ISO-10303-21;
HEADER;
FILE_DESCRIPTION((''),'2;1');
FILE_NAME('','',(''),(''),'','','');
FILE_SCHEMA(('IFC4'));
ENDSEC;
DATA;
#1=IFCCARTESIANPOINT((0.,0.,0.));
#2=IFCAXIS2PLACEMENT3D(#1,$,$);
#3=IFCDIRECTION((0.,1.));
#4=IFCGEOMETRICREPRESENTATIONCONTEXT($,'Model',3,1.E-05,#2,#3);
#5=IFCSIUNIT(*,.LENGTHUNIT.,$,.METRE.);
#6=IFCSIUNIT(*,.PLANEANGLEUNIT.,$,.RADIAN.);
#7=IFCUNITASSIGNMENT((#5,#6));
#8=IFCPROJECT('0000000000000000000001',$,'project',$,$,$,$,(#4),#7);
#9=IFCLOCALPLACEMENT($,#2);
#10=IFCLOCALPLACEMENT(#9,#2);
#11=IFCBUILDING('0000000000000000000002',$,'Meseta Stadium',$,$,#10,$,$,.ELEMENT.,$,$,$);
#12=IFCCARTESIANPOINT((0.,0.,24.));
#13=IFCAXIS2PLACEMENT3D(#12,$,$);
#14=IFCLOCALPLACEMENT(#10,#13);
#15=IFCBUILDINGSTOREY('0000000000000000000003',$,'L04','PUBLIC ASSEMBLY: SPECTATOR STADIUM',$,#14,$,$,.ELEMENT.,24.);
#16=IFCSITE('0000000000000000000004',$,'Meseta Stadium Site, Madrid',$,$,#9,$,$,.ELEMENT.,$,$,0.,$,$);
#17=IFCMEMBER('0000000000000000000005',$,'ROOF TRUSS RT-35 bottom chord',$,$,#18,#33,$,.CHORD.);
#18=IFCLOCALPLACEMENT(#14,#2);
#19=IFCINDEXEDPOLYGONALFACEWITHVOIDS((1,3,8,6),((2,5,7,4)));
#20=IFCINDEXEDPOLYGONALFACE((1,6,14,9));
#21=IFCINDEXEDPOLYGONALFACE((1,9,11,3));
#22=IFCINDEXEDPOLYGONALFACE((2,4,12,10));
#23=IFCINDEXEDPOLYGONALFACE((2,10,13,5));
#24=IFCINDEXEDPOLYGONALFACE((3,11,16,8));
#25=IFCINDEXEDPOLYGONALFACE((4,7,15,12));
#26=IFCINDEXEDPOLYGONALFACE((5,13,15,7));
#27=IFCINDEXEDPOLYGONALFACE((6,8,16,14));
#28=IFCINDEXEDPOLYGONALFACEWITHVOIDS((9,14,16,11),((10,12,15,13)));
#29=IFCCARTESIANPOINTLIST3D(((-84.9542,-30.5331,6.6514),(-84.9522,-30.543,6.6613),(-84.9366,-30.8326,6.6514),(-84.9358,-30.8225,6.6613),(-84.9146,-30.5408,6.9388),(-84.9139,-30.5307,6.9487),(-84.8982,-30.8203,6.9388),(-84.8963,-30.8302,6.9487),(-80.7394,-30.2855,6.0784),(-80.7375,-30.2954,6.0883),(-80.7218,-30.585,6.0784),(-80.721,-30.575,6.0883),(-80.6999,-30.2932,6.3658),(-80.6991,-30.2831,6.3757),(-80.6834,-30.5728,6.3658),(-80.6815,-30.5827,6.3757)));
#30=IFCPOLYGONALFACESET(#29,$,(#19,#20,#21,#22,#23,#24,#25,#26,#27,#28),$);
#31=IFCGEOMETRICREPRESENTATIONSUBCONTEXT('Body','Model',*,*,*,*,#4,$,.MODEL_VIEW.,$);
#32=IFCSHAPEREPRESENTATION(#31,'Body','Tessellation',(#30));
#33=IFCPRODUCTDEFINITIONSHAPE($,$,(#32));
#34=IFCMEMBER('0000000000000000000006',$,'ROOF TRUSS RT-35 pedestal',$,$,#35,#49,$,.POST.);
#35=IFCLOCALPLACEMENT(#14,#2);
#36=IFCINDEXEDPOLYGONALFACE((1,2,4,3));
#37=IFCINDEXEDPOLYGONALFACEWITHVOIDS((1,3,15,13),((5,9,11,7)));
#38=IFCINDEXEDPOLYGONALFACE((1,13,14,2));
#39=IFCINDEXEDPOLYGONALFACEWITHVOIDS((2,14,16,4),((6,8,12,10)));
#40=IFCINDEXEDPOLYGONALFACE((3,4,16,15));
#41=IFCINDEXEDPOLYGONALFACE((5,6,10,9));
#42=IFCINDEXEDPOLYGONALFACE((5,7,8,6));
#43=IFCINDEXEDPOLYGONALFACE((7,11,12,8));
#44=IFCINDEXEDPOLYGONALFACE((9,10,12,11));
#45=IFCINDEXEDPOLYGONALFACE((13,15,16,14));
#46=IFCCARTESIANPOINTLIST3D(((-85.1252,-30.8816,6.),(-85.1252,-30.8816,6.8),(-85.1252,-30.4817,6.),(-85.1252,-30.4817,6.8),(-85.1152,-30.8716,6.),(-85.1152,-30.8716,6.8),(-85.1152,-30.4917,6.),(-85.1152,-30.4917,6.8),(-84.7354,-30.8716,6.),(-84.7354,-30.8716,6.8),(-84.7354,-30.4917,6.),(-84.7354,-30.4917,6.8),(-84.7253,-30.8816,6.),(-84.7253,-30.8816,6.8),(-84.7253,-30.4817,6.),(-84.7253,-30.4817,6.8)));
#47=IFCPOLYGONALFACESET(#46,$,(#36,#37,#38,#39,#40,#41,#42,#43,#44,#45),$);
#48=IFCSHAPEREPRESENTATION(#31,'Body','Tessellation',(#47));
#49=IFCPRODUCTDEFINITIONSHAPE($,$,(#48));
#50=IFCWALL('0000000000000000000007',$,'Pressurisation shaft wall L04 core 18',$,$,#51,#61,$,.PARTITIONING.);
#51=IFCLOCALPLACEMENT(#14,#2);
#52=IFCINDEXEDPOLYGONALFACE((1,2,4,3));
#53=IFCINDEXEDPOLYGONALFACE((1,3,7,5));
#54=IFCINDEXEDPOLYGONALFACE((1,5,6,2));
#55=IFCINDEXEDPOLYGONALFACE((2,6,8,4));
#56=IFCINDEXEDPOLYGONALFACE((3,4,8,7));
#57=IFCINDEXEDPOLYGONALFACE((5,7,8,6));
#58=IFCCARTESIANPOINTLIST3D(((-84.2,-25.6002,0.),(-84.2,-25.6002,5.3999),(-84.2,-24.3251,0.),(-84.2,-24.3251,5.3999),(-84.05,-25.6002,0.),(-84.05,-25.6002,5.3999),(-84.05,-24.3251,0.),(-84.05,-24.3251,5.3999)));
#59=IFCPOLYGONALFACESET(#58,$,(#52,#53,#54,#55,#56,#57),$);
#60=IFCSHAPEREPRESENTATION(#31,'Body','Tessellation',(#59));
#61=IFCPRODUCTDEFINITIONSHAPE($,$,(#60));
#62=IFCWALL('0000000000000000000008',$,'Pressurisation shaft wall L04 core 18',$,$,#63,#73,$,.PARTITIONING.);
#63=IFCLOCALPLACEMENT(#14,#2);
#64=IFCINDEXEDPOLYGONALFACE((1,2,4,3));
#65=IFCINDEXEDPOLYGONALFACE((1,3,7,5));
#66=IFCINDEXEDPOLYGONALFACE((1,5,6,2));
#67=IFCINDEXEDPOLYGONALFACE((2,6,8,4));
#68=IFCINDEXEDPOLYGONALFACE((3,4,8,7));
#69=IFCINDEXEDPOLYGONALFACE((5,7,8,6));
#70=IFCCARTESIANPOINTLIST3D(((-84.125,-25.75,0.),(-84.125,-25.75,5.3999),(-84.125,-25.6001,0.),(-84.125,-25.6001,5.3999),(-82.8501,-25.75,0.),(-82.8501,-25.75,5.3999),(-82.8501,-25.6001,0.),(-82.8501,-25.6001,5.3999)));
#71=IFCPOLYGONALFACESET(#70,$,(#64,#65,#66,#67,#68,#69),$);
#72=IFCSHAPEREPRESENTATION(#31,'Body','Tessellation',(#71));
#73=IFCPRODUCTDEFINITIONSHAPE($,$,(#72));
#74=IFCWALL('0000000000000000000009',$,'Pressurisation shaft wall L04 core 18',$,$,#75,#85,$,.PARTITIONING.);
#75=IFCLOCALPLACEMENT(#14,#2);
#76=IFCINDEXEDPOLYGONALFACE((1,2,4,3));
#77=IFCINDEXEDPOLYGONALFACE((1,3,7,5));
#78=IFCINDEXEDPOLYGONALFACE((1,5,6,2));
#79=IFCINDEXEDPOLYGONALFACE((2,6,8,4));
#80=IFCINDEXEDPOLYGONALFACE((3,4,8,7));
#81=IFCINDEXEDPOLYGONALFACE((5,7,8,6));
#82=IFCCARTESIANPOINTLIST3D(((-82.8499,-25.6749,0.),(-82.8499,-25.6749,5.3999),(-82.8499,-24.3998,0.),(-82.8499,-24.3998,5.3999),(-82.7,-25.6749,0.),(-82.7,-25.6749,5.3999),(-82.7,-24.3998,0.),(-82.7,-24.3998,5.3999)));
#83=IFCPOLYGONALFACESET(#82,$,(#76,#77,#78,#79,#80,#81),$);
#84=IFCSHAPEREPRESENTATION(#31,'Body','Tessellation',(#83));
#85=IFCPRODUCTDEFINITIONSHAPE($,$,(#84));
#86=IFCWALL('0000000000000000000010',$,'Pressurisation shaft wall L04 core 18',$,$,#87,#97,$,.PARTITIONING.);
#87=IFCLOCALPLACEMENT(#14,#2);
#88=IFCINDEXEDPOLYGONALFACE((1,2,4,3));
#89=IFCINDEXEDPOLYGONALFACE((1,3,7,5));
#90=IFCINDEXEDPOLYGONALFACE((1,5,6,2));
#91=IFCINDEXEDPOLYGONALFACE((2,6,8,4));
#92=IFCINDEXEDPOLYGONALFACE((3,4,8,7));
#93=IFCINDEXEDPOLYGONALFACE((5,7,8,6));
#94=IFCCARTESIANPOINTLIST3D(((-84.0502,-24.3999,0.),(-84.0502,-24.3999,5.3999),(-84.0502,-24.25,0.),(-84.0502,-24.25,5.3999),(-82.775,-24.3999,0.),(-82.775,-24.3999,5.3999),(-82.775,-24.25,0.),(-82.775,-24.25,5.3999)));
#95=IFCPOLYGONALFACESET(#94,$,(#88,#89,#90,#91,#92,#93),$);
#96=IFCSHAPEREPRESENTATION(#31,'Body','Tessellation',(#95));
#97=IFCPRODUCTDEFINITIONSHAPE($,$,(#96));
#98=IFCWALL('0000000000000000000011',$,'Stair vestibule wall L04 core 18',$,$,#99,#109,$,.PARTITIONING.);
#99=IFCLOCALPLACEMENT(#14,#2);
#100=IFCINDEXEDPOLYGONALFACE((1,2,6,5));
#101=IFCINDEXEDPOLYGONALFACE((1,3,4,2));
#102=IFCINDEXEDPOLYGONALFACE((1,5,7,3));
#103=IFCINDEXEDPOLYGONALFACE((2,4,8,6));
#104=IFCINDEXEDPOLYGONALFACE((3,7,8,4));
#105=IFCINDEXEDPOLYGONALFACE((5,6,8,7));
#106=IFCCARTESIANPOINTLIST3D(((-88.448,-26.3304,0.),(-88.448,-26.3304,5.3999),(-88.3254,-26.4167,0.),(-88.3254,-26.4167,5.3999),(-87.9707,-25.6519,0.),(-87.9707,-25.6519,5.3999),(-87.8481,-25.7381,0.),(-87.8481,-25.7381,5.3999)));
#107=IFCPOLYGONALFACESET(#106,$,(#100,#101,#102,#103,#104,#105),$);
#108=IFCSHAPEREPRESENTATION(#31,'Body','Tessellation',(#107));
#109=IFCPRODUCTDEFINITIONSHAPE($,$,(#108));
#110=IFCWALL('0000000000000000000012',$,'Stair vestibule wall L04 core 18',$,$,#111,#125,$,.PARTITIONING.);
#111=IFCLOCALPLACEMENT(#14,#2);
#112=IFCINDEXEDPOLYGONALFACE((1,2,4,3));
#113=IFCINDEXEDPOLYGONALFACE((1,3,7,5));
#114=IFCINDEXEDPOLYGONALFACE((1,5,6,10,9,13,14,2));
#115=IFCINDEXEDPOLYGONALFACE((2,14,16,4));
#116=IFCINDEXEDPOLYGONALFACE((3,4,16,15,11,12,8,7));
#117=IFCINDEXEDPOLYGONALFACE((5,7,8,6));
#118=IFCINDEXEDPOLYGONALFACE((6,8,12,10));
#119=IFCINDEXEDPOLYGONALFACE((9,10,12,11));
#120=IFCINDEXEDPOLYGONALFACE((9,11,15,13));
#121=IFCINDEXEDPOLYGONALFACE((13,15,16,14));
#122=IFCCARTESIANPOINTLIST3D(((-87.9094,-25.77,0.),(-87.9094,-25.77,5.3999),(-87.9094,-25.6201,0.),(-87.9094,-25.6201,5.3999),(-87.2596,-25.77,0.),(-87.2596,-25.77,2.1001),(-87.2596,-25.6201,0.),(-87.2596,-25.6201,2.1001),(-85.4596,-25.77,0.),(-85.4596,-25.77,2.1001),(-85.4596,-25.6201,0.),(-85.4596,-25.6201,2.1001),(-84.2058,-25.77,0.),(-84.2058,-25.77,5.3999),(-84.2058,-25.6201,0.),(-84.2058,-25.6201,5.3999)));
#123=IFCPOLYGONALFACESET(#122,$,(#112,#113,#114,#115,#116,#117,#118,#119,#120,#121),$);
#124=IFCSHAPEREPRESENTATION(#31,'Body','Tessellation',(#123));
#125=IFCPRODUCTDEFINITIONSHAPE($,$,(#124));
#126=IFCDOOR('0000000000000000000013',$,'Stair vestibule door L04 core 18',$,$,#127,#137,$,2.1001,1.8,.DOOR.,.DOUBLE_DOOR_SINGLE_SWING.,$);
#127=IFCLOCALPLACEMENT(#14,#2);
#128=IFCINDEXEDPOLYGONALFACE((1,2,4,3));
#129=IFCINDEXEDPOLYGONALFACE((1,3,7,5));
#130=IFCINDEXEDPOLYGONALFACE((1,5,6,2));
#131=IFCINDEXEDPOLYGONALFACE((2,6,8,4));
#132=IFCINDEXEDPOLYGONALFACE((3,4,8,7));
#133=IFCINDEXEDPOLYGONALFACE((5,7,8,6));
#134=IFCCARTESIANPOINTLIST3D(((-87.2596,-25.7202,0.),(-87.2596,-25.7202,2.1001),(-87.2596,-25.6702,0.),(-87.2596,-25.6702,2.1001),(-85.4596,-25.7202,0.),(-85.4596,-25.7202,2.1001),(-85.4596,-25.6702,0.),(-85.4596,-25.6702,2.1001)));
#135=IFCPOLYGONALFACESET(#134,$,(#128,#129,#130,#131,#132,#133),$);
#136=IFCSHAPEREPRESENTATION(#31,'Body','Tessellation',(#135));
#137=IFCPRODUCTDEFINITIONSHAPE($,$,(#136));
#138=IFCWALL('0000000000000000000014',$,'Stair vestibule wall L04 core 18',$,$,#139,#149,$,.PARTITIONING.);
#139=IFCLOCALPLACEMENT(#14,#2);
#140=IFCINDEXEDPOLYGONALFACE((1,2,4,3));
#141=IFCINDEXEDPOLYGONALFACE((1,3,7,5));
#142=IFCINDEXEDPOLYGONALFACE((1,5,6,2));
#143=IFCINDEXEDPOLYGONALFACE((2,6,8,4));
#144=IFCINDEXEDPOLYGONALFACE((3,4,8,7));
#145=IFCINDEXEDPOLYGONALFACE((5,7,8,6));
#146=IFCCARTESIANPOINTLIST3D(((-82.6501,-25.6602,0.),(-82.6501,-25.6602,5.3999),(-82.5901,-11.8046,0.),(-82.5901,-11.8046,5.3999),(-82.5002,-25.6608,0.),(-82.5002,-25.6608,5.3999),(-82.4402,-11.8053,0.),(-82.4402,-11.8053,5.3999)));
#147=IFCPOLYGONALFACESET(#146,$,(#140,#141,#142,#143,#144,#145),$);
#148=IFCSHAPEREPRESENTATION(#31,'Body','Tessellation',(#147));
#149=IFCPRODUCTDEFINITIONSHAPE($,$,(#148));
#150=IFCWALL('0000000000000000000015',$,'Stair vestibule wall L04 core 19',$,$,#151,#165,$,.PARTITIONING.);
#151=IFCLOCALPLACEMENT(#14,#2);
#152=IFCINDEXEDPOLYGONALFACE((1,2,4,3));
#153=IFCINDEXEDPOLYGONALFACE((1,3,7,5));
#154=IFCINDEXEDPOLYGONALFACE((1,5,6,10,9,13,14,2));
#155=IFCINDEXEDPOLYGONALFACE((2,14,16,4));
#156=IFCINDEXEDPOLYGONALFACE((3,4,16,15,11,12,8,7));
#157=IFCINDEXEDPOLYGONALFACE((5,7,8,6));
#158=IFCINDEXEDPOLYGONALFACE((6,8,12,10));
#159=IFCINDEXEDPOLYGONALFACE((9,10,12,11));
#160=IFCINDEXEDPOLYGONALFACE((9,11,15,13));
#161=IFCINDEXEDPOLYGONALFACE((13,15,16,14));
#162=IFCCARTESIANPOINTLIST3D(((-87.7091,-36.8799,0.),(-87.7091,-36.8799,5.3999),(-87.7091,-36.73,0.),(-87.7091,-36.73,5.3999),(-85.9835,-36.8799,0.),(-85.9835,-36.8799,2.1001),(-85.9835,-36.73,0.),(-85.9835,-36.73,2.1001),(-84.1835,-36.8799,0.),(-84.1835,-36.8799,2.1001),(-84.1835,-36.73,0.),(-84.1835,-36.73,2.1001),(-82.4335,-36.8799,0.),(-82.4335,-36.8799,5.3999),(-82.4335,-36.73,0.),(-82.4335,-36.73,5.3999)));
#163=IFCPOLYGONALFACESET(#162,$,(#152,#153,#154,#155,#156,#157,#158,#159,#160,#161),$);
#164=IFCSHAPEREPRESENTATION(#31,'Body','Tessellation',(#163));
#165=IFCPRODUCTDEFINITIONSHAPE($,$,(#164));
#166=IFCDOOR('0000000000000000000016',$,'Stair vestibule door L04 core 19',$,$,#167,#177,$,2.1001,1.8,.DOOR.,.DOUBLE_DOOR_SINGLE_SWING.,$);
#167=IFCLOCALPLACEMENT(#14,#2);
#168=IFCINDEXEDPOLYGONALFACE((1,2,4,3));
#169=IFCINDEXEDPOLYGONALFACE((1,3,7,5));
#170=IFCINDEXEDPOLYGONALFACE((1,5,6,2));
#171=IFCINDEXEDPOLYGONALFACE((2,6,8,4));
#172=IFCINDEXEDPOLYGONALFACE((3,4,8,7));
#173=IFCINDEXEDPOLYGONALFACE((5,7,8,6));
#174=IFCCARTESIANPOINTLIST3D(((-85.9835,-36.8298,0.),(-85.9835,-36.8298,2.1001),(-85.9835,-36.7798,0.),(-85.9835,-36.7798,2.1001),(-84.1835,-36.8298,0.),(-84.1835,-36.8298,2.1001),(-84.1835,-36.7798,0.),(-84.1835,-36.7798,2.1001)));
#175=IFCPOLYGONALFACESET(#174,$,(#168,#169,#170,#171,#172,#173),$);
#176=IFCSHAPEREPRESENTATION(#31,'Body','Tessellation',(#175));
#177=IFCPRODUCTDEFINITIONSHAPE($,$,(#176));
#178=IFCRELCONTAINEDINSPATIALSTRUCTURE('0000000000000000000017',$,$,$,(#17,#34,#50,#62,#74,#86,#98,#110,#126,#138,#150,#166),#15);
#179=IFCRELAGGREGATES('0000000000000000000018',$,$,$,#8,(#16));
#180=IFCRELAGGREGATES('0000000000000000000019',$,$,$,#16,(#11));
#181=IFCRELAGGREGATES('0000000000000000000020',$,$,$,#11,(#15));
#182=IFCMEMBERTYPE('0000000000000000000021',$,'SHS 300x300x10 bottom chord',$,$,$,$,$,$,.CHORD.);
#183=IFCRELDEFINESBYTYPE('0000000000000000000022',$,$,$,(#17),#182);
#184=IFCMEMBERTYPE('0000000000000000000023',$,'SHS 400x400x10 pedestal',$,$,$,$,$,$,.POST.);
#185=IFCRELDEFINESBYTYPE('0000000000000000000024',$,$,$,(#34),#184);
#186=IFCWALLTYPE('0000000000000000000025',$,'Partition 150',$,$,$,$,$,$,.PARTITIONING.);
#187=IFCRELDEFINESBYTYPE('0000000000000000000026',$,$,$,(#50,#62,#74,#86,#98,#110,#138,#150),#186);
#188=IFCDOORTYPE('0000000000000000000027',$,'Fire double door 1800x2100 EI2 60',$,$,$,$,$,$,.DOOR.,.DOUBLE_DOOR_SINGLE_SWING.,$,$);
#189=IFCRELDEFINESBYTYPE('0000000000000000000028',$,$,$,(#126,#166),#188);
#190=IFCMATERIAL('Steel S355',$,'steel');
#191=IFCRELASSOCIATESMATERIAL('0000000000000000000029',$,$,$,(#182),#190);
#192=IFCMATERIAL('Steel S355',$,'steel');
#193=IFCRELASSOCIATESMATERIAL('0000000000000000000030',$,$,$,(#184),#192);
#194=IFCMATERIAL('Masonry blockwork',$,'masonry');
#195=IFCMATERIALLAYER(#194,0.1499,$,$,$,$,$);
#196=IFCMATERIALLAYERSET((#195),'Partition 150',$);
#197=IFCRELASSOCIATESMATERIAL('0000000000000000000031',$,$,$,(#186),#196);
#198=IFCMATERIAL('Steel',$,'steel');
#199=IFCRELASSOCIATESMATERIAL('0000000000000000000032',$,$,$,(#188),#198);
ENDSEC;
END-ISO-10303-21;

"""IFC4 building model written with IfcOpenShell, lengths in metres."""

from ifc_helpers import new_model, si_unit, direction, frame, frame_2d, origin, origin_2d, place, context, subcontext, project, spatial, rectangle, hollow_rectangle, extrude, material, layer, layer_set, material_profile, profile_set, type_object, element, fill, save


model = new_model("IFC4")

# Units and contexts
model_context = context("Model", 3, precision=1e-05, world=origin(), true_north=direction((0.0, 1.0)))
body_context = subcontext(model_context, "Body", "Model", "MODEL_VIEW")
ifc_project = project(units=[si_unit("LENGTHUNIT", "METRE"), si_unit("PLANEANGLEUNIT", "RADIAN")], contexts=[model_context])

# Site, building, storey
site_placement = place(None, origin())
site = spatial("IfcSite", under=ifc_project, at=site_placement, Name="Meseta Stadium Site, Madrid", CompositionType="ELEMENT", RefElevation=0.0)
building_placement = place(site_placement, origin())
building = spatial("IfcBuilding", under=site, at=building_placement, Name="Meseta Stadium", CompositionType="ELEMENT")
storey_placement = place(building_placement, frame((0.0, 0.0, 24.0)))
storey = spatial("IfcBuildingStorey", under=building, at=storey_placement, Name="L04", Description="PUBLIC ASSEMBLY: SPECTATOR STADIUM", CompositionType="ELEMENT", Elevation=24.0)

# Members
ifc_material_1 = material(Name="Steel S355", Category="steel")
ifc_material_profile_1 = material_profile(ifc_material_1, hollow_rectangle(XDim=0.3, YDim=0.3, WallThickness=0.01, at=origin_2d()), Name="SHS 300x300x10")
ifc_profile_set_1 = profile_set([ifc_material_profile_1], Name="Steel S355")
member_type_1 = type_object("IfcMemberType", Name="SHS 300x300x10 bottom chord", PredefinedType="CHORD", material=ifc_profile_set_1)
member_1_placement = place(storey_placement, frame((-80.7104, -30.4341, 6.2271), z_axis=(-0.989211, -0.058101, 0.134481), x_axis=(0.058634, -0.99828, 0.0)))
element("IfcMember", 1, at=member_1_placement, inside=storey, type_object=member_type_1, Name="ROOF TRUSS RT-35 bottom chord", PredefinedType="CHORD", context=body_context, shape_type="SweptSolid", body=[
    extrude(hollow_rectangle(XDim=0.3, YDim=0.3, WallThickness=0.01, at=origin_2d()), origin(), (0.0, 0.0, 1.0), 4.2607),
])
ifc_material_2 = material(Name="Steel S355", Category="steel")
ifc_material_profile_2 = material_profile(ifc_material_2, hollow_rectangle(XDim=0.3999, YDim=0.3999, WallThickness=0.01, at=origin_2d()), Name="SHS 400x400x10")
ifc_profile_set_2 = profile_set([ifc_material_profile_2], Name="Steel S355")
member_type_2 = type_object("IfcMemberType", Name="SHS 400x400x10 pedestal", PredefinedType="POST", material=ifc_profile_set_2)
member_2_placement = place(storey_placement, frame((-84.9253, -30.6816, 6.0), z_axis=(0.0, 0.0, 1.0), x_axis=(1.0, 0.0, 0.0)))
element("IfcMember", 2, at=member_2_placement, inside=storey, type_object=member_type_2, Name="ROOF TRUSS RT-35 pedestal", PredefinedType="POST", context=body_context, shape_type="SweptSolid", body=[
    extrude(hollow_rectangle(XDim=0.3999, YDim=0.3999, WallThickness=0.01, at=origin_2d()), origin(), (0.0, 0.0, 1.0), 0.8),
])

# Walls
ifc_material_3 = material(Name="Masonry blockwork", Category="masonry")
ifc_layer = layer(ifc_material_3, 0.1499)
ifc_layer_set = layer_set([ifc_layer], Name="Partition 150")
wall_type = type_object("IfcWallType", Name="Partition 150", PredefinedType="PARTITIONING", material=ifc_layer_set)
wall_1_placement = place(storey_placement, frame((-84.125, -24.325, 0.0), z_axis=(0.0, 0.0, 1.0), x_axis=(0.0, -1.0, 0.0)))
element("IfcWall", 3, at=wall_1_placement, inside=storey, type_object=wall_type, Name="Pressurisation shaft wall L04 core 18", PredefinedType="PARTITIONING", context=body_context, shape_type="SweptSolid", body=[
    extrude(rectangle(XDim=1.2751, YDim=0.1499, at=frame_2d((0.6377, 0.0))), origin(), (0.0, 0.0, 1.0), 5.3999),
])
wall_2_placement = place(storey_placement, frame((-84.125, -25.675, 0.0), z_axis=(0.0, 0.0, 1.0), x_axis=(1.0, 0.0, 0.0)))
element("IfcWall", 4, at=wall_2_placement, inside=storey, type_object=wall_type, Name="Pressurisation shaft wall L04 core 18", PredefinedType="PARTITIONING", context=body_context, shape_type="SweptSolid", body=[
    extrude(rectangle(XDim=1.2749, YDim=0.1499, at=frame_2d((0.6375, 0.0))), origin(), (0.0, 0.0, 1.0), 5.3999),
])
for number, where, z_axis, x_axis, name in (
    (5, (-82.7749, -25.675, 0.0), (0.0, 0.0, 1.0), (0.0, 1.0, 0.0), "Pressurisation shaft wall L04 core 18"),
    (6, (-82.7749, -24.325, 0.0), (0.0, 0.0, 1.0), (-1.0, 0.0, 0.0), "Pressurisation shaft wall L04 core 18"),
):
    element("IfcWall", number, at=place(storey_placement, frame(where, z_axis=z_axis, x_axis=x_axis)), inside=storey, type_object=wall_type, Name=name, PredefinedType="PARTITIONING", context=body_context, shape_type="SweptSolid", body=[
        extrude(rectangle(XDim=1.2751, YDim=0.1499, at=frame_2d((0.6377, 0.0))), origin(), (0.0, 0.0, 1.0), 5.3999),
    ])
wall_3_placement = place(storey_placement, frame((-88.3867, -26.3735, 0.0), z_axis=(0.0, 0.0, 1.0), x_axis=(0.575377, 0.817888, 0.0)))
element("IfcWall", 7, at=wall_3_placement, inside=storey, type_object=wall_type, Name="Stair vestibule wall L04 core 18", PredefinedType="PARTITIONING", context=body_context, shape_type="SweptSolid", body=[
    extrude(rectangle(XDim=0.8296, YDim=0.1499, at=frame_2d((0.4148, 0.0))), origin(), (0.0, 0.0, 1.0), 5.3999),
])

# Wall, opening, door
wall_4_placement = place(storey_placement, frame((-87.9094, -25.6951, 0.0), z_axis=(0.0, 0.0, 1.0), x_axis=(1.0, 0.0, 0.0)))
wall_4 = element("IfcWall", 8, at=wall_4_placement, inside=storey, type_object=wall_type, Name="Stair vestibule wall L04 core 18", PredefinedType="PARTITIONING", context=body_context, shape_type="SweptSolid", body=[
    extrude(rectangle(XDim=3.7036, YDim=0.1499, at=frame_2d((1.8518, 0.0))), origin(), (0.0, 0.0, 1.0), 5.3999),
])
opening_1_placement = place(wall_4_placement, frame((0.6499, 0.0, 0.0)))
opening_1 = element("IfcOpeningElement", 9, at=opening_1_placement, cuts=wall_4, PredefinedType="OPENING", context=body_context, shape_type="SweptSolid", body=[
    extrude(rectangle(XDim=1.8, YDim=2.1001, at=frame_2d((0.8999, 1.05))), frame((0.0, 0.085, 0.0), z_axis=(0.0, -1.0, 0.0), x_axis=(1.0, 0.0, 0.0)), (0.0, 0.0, 1.0), 0.1699),
])
ifc_material_4 = material(Name="Steel", Category="steel")
door_type = type_object("IfcDoorType", Name="Fire double door 1800x2100 EI2 60", OperationType="DOUBLE_DOOR_SINGLE_SWING", PredefinedType="DOOR", material=ifc_material_4)
door_1_placement = place(opening_1_placement, origin())
door_1 = element("IfcDoor", 10, at=door_1_placement, inside=storey, type_object=door_type, Name="Stair vestibule door L04 core 18", OperationType="DOUBLE_DOOR_SINGLE_SWING", OverallHeight=2.1001, OverallWidth=1.8, PredefinedType="DOOR", context=body_context, shape_type="SweptSolid", body=[
    extrude(rectangle(XDim=1.8, YDim=2.1001, at=frame_2d((0.8999, 1.05))), frame((0.0, 0.0249, 0.0), z_axis=(0.0, -1.0, 0.0), x_axis=(1.0, 0.0, 0.0)), (0.0, 0.0, 1.0), 0.05),
])
fill(opening_1, door_1)

# Wall
wall_5_placement = place(storey_placement, frame((-82.5752, -25.6604, 0.0), z_axis=(0.0, 0.0, 1.0), x_axis=(0.004335, 0.999991, 0.0)))
element("IfcWall", 11, at=wall_5_placement, inside=storey, type_object=wall_type, Name="Stair vestibule wall L04 core 18", PredefinedType="PARTITIONING", context=body_context, shape_type="SweptSolid", body=[
    extrude(rectangle(XDim=13.8557, YDim=0.1499, at=frame_2d((6.9277, 0.0))), origin(), (0.0, 0.0, 1.0), 5.3999),
])

# Wall, opening, door
wall_6_placement = place(storey_placement, frame((-82.4336, -36.8049, 0.0), z_axis=(0.0, 0.0, 1.0), x_axis=(-1.0, 0.0, 0.0)))
wall_6 = element("IfcWall", 12, at=wall_6_placement, inside=storey, type_object=wall_type, Name="Stair vestibule wall L04 core 19", PredefinedType="PARTITIONING", context=body_context, shape_type="SweptSolid", body=[
    extrude(rectangle(XDim=5.2756, YDim=0.1499, at=frame_2d((2.6377, 0.0))), origin(), (0.0, 0.0, 1.0), 5.3999),
])
opening_2_placement = place(wall_6_placement, frame((1.75, 0.0, 0.0)))
opening_2 = element("IfcOpeningElement", 13, at=opening_2_placement, cuts=wall_6, PredefinedType="OPENING", context=body_context, shape_type="SweptSolid", body=[
    extrude(rectangle(XDim=1.8, YDim=2.1001, at=frame_2d((0.8999, 1.05))), frame((0.0, 0.085, 0.0), z_axis=(0.0, -1.0, 0.0), x_axis=(1.0, 0.0, 0.0)), (0.0, 0.0, 1.0), 0.1699),
])
door_2_placement = place(opening_2_placement, origin())
door_2 = element("IfcDoor", 14, at=door_2_placement, inside=storey, type_object=door_type, Name="Stair vestibule door L04 core 19", OperationType="DOUBLE_DOOR_SINGLE_SWING", OverallHeight=2.1001, OverallWidth=1.8, PredefinedType="DOOR", context=body_context, shape_type="SweptSolid", body=[
    extrude(rectangle(XDim=1.8, YDim=2.1001, at=frame_2d((0.8999, 1.05))), frame((0.0, 0.0249, 0.0), z_axis=(0.0, -1.0, 0.0), x_axis=(1.0, 0.0, 0.0)), (0.0, 0.0, 1.0), 0.05),
])
fill(opening_2, door_2)

save(model, "model.ifc")
